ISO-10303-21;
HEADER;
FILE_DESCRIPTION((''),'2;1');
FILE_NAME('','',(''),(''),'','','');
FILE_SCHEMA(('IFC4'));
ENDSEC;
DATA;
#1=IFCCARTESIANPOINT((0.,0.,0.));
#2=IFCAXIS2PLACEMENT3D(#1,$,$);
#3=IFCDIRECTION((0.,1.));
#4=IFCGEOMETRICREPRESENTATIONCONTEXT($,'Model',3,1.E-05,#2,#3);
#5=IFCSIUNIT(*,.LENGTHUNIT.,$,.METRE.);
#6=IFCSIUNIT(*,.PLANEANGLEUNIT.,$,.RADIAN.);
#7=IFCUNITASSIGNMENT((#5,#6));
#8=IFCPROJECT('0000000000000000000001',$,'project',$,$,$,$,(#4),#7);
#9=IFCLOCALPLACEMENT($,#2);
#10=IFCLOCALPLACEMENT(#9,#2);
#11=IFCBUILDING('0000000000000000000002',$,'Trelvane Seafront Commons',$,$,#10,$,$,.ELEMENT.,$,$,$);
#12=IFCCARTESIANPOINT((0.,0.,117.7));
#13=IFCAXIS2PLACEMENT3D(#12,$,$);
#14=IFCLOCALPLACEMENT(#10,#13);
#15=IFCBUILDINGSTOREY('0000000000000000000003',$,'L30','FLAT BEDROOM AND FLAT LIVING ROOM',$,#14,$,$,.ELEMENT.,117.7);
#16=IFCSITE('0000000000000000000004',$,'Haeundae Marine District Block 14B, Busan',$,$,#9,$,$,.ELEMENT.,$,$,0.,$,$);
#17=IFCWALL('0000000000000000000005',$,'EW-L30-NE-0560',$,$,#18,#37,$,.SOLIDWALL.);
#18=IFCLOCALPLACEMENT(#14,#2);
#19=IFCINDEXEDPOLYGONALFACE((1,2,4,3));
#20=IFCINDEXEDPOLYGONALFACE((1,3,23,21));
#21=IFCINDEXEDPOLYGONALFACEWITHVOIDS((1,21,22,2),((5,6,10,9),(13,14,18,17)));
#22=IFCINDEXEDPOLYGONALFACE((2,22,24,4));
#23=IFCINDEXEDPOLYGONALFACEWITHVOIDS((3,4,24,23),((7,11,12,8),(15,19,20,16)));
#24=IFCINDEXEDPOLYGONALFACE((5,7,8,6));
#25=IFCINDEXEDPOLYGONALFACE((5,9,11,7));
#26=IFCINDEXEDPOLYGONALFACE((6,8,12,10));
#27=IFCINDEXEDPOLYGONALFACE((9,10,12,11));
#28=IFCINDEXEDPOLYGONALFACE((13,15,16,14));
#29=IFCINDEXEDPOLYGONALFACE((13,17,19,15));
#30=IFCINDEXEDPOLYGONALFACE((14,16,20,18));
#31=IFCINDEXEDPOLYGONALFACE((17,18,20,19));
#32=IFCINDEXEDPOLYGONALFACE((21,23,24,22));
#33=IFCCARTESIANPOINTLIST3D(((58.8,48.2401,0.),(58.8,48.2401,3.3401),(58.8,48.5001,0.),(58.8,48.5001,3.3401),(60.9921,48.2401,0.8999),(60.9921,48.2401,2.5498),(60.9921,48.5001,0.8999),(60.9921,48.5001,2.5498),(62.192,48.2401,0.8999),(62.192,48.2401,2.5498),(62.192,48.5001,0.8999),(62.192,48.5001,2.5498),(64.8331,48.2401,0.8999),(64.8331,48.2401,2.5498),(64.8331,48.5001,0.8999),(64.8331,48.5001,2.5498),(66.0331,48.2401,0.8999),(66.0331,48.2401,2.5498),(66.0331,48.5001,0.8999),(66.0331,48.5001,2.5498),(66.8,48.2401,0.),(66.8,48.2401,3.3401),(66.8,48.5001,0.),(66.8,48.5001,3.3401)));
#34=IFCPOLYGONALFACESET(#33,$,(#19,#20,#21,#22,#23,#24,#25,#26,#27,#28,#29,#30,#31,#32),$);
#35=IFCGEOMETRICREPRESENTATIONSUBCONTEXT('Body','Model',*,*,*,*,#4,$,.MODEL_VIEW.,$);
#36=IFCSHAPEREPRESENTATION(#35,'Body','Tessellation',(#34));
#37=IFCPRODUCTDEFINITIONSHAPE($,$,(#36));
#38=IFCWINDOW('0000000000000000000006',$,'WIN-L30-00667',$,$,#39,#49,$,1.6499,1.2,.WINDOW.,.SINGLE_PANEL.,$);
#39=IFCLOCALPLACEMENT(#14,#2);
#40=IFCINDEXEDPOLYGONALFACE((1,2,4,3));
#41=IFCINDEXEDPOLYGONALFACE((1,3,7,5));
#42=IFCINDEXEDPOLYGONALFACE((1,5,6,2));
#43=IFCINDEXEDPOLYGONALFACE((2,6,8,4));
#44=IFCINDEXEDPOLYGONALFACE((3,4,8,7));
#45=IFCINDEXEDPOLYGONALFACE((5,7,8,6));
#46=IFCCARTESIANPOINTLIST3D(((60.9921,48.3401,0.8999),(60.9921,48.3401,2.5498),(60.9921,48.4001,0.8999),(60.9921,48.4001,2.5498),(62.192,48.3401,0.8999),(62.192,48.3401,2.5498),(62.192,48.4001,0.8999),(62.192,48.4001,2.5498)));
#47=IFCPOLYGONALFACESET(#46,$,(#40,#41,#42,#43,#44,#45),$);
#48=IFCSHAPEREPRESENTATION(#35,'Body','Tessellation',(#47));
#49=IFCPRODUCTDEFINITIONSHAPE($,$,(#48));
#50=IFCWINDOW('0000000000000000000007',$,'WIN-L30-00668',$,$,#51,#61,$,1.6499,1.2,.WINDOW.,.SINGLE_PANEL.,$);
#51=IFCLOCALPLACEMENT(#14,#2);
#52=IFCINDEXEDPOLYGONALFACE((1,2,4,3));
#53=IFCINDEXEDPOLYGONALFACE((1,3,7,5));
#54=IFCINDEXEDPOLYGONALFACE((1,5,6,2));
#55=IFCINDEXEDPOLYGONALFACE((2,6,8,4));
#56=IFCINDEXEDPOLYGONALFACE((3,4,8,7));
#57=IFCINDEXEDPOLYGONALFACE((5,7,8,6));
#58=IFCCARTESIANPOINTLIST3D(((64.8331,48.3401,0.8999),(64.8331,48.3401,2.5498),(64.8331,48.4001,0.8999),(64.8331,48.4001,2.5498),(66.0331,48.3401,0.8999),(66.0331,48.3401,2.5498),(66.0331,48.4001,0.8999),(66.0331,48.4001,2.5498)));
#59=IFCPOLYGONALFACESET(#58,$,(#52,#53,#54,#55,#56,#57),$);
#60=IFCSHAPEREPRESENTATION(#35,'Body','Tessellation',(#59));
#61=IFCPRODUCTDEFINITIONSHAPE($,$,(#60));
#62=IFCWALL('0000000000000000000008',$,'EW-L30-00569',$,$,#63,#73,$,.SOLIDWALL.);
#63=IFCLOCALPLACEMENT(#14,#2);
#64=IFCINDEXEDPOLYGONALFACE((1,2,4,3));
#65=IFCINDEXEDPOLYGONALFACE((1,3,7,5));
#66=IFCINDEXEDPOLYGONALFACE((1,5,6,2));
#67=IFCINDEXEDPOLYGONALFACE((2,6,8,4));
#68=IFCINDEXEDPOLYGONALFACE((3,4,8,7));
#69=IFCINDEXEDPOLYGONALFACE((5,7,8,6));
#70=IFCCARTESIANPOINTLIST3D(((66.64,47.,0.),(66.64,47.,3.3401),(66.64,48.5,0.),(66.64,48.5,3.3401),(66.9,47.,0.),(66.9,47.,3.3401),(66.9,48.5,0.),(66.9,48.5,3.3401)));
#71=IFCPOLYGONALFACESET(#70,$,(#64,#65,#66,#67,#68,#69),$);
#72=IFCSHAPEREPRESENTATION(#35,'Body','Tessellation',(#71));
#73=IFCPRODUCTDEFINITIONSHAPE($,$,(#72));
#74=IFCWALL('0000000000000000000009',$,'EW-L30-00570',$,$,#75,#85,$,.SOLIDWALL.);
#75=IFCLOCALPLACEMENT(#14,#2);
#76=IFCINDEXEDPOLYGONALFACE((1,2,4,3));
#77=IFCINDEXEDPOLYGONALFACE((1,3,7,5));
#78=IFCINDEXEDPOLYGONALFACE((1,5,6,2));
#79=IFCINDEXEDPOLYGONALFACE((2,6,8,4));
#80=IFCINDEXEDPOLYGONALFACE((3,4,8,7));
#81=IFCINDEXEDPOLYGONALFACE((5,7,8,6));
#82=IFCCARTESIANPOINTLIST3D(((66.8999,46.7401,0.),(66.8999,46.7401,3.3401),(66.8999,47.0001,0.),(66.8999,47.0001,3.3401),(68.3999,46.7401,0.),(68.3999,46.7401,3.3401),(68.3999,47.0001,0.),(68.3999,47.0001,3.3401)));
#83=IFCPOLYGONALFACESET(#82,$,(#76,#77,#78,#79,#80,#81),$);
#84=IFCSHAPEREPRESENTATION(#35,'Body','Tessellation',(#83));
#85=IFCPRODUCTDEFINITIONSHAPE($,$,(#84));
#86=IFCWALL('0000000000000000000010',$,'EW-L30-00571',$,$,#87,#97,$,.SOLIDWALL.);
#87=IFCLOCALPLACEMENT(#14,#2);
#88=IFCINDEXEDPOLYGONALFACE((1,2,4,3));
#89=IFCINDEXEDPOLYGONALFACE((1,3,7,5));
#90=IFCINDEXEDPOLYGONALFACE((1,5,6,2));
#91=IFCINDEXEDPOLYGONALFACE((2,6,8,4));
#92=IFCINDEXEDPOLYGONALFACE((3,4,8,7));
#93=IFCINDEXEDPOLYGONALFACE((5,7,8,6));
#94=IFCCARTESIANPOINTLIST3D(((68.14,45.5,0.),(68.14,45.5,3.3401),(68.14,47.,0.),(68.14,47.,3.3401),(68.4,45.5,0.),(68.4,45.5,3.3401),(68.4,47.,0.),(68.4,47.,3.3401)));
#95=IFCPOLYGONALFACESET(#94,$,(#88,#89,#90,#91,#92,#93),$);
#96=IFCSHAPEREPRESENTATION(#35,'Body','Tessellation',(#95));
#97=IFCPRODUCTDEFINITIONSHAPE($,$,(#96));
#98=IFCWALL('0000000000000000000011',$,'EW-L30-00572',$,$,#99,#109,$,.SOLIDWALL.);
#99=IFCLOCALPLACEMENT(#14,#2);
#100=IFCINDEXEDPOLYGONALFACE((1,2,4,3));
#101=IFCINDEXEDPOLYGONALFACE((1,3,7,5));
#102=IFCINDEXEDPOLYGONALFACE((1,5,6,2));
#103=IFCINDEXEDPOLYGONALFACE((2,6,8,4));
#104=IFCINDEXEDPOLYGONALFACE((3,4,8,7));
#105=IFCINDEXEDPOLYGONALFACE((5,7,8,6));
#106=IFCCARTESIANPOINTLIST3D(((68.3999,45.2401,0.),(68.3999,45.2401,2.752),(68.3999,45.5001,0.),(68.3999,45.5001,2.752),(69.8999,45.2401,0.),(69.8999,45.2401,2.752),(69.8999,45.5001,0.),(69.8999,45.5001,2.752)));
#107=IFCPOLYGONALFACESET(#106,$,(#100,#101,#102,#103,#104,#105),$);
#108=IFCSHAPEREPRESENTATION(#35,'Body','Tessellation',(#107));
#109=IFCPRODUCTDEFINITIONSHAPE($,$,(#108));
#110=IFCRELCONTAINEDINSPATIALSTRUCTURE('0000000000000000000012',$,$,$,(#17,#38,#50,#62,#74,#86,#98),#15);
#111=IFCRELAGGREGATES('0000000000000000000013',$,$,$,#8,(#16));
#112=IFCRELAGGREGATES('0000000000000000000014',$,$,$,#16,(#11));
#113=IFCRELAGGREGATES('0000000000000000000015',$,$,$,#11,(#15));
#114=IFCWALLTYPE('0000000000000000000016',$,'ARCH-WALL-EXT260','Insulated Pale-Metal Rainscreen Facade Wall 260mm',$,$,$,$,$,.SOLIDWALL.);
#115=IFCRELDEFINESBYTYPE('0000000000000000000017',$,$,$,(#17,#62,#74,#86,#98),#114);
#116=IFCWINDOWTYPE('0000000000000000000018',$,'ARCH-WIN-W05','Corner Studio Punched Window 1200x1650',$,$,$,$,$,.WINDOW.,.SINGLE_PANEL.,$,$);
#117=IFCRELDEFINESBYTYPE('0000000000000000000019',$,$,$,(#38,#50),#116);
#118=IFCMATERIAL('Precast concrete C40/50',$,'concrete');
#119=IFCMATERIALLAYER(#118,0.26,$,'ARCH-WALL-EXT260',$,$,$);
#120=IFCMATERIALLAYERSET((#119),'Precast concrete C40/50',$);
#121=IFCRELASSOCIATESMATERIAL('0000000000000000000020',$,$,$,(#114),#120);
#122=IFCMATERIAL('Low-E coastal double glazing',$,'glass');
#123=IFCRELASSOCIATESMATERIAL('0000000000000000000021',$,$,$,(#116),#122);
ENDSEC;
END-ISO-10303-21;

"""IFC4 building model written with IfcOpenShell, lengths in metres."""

from ifc_helpers import new_model, si_unit, direction, frame, frame_2d, origin, place, context, subcontext, project, spatial, rectangle, extrude, source, transform, mapped, material, layer, layer_set, type_object, element, fill, save


model = new_model("IFC4")

# Units and contexts
model_context = context("Model", 3, precision=1e-05, world=origin(), true_north=direction((0.0, 1.0)))
body_context = subcontext(model_context, "Body", "Model", "MODEL_VIEW")
ifc_project = project(units=[si_unit("LENGTHUNIT", "METRE"), si_unit("PLANEANGLEUNIT", "RADIAN")], contexts=[model_context])

# Site, building, storey
site_placement = place(None, origin())
site = spatial("IfcSite", under=ifc_project, at=site_placement, Name="Haeundae Marine District Block 14B, Busan", CompositionType="ELEMENT", RefElevation=0.0)
building_placement = place(site_placement, origin())
building = spatial("IfcBuilding", under=site, at=building_placement, Name="Trelvane Seafront Commons", CompositionType="ELEMENT")
storey_placement = place(building_placement, frame((0.0, 0.0, 117.7)))
storey = spatial("IfcBuildingStorey", under=building, at=storey_placement, Name="L30", Description="FLAT BEDROOM AND FLAT LIVING ROOM", CompositionType="ELEMENT", Elevation=117.7)

# Shared definitions
ifc_material_1 = material(Name="Low-E coastal double glazing", Category="glass")

# Wall, openings, windows
ifc_material_2 = material(Name="Precast concrete C40/50", Category="concrete")
ifc_layer_1 = layer(ifc_material_2, 0.26, Name="ARCH-WALL-EXT260")
ifc_layer_set_1 = layer_set([ifc_layer_1], Name="Precast concrete C40/50")
wall_type = type_object("IfcWallType", Name="ARCH-WALL-EXT260", Description="Insulated Pale-Metal Rainscreen Facade Wall 260mm", PredefinedType="SOLIDWALL", material=ifc_layer_set_1)
wall_1_placement = place(storey_placement, frame((58.8, 48.3701, 0.0), z_axis=(0.0, 0.0, 1.0), x_axis=(1.0, 0.0, 0.0)))
wall_1 = element("IfcWall", 1, at=wall_1_placement, inside=storey, type_object=wall_type, Name="EW-L30-NE-0560", PredefinedType="SOLIDWALL", context=body_context, shape_type="SweptSolid", body=[
    extrude(rectangle(XDim=8.0, YDim=0.26, at=frame_2d((4.0, 0.0))), origin(), (0.0, 0.0, 1.0), 3.3401),
])
opening_1_placement = place(wall_1_placement, frame((2.1919, 0.0, 0.8999)))
opening_1 = element("IfcOpeningElement", 2, at=opening_1_placement, cuts=wall_1, PredefinedType="OPENING", context=body_context, shape_type="SweptSolid", body=[
    extrude(rectangle(XDim=1.2, YDim=1.6499, at=frame_2d((0.6001, 0.825))), frame((0.0, 0.1399, 0.0), z_axis=(0.0, -1.0, 0.0), x_axis=(1.0, 0.0, 0.0)), (0.0, 0.0, 1.0), 0.28),
])
opening_2_placement = place(wall_1_placement, frame((6.033, 0.0, 0.8999)))
opening_2 = element("IfcOpeningElement", 3, at=opening_2_placement, cuts=wall_1, PredefinedType="OPENING", context=body_context, shape_type="SweptSolid", body=[
    extrude(rectangle(XDim=1.2, YDim=1.6499, at=frame_2d((0.6001, 0.825))), frame((0.0, 0.1399, 0.0), z_axis=(0.0, -1.0, 0.0), x_axis=(1.0, 0.0, 0.0)), (0.0, 0.0, 1.0), 0.28),
])
window_type_1 = type_object("IfcWindowType", Name="ARCH-WIN-W05", Description="Corner Studio Punched Window 1200x1650", PartitioningType="SINGLE_PANEL", PredefinedType="WINDOW", material=ifc_material_1)
shared_shape_1 = source(origin(), body_context, "Body", "SweptSolid", [
    extrude(rectangle(XDim=1.2, YDim=1.6499, at=frame_2d((0.6001, 0.825))), frame((0.0, 0.03, 0.0), z_axis=(0.0, -1.0, 0.0), x_axis=(1.0, 0.0, 0.0)), (0.0, 0.0, 1.0), 0.0601),
])
window_1_placement = place(opening_1_placement, origin())
window_1 = element("IfcWindow", 4, at=window_1_placement, inside=storey, type_object=window_type_1, Name="WIN-L30-00667", OverallHeight=1.6499, OverallWidth=1.2, PartitioningType="SINGLE_PANEL", PredefinedType="WINDOW", context=body_context, shape_type="MappedRepresentation", body=[
    mapped(shared_shape_1, transform((0.0, 0.0, 0.0), x_axis=(1.0, 0.0, 0.0), y_axis=(0.0, 1.0, 0.0), z_axis=(0.0, 0.0, 1.0), scale=1.0)),
])
fill(opening_1, window_1)
window_2_placement = place(opening_2_placement, origin())
window_2 = element("IfcWindow", 5, at=window_2_placement, inside=storey, type_object=window_type_1, Name="WIN-L30-00668", OverallHeight=1.6499, OverallWidth=1.2, PartitioningType="SINGLE_PANEL", PredefinedType="WINDOW", context=body_context, shape_type="MappedRepresentation", body=[
    mapped(shared_shape_1, transform((0.0, 0.0, 0.0), x_axis=(1.0, 0.0, 0.0), y_axis=(0.0, 1.0, 0.0), z_axis=(0.0, 0.0, 1.0), scale=1.0)),
])
fill(opening_2, window_2)

# Walls
for number, where, z_axis, x_axis, name in (
    (6, (66.77, 48.5, 0.0), (0.0, 0.0, 1.0), (0.0, -1.0, 0.0), "EW-L30-00569"),
    (7, (66.8999, 46.8701, 0.0), (0.0, 0.0, 1.0), (1.0, 0.0, 0.0), "EW-L30-00570"),
    (8, (68.27, 47.0, 0.0), (0.0, 0.0, 1.0), (0.0, -1.0, 0.0), "EW-L30-00571"),
):
    element("IfcWall", number, at=place(storey_placement, frame(where, z_axis=z_axis, x_axis=x_axis)), inside=storey, type_object=wall_type, Name=name, PredefinedType="SOLIDWALL", context=body_context, shape_type="SweptSolid", body=[
        extrude(rectangle(XDim=1.5, YDim=0.26, at=frame_2d((0.75, 0.0))), origin(), (0.0, 0.0, 1.0), 3.3401),
    ])
wall_2_placement = place(storey_placement, frame((68.3999, 45.3701, 0.0), z_axis=(0.0, 0.0, 1.0), x_axis=(1.0, 0.0, 0.0)))
element("IfcWall", 9, at=wall_2_placement, inside=storey, type_object=wall_type, Name="EW-L30-00572", PredefinedType="SOLIDWALL", context=body_context, shape_type="SweptSolid", body=[
    extrude(rectangle(XDim=1.5, YDim=0.26, at=frame_2d((0.75, 0.0))), origin(), (0.0, 0.0, 1.0), 2.752),
])

save(model, "model.ifc")
